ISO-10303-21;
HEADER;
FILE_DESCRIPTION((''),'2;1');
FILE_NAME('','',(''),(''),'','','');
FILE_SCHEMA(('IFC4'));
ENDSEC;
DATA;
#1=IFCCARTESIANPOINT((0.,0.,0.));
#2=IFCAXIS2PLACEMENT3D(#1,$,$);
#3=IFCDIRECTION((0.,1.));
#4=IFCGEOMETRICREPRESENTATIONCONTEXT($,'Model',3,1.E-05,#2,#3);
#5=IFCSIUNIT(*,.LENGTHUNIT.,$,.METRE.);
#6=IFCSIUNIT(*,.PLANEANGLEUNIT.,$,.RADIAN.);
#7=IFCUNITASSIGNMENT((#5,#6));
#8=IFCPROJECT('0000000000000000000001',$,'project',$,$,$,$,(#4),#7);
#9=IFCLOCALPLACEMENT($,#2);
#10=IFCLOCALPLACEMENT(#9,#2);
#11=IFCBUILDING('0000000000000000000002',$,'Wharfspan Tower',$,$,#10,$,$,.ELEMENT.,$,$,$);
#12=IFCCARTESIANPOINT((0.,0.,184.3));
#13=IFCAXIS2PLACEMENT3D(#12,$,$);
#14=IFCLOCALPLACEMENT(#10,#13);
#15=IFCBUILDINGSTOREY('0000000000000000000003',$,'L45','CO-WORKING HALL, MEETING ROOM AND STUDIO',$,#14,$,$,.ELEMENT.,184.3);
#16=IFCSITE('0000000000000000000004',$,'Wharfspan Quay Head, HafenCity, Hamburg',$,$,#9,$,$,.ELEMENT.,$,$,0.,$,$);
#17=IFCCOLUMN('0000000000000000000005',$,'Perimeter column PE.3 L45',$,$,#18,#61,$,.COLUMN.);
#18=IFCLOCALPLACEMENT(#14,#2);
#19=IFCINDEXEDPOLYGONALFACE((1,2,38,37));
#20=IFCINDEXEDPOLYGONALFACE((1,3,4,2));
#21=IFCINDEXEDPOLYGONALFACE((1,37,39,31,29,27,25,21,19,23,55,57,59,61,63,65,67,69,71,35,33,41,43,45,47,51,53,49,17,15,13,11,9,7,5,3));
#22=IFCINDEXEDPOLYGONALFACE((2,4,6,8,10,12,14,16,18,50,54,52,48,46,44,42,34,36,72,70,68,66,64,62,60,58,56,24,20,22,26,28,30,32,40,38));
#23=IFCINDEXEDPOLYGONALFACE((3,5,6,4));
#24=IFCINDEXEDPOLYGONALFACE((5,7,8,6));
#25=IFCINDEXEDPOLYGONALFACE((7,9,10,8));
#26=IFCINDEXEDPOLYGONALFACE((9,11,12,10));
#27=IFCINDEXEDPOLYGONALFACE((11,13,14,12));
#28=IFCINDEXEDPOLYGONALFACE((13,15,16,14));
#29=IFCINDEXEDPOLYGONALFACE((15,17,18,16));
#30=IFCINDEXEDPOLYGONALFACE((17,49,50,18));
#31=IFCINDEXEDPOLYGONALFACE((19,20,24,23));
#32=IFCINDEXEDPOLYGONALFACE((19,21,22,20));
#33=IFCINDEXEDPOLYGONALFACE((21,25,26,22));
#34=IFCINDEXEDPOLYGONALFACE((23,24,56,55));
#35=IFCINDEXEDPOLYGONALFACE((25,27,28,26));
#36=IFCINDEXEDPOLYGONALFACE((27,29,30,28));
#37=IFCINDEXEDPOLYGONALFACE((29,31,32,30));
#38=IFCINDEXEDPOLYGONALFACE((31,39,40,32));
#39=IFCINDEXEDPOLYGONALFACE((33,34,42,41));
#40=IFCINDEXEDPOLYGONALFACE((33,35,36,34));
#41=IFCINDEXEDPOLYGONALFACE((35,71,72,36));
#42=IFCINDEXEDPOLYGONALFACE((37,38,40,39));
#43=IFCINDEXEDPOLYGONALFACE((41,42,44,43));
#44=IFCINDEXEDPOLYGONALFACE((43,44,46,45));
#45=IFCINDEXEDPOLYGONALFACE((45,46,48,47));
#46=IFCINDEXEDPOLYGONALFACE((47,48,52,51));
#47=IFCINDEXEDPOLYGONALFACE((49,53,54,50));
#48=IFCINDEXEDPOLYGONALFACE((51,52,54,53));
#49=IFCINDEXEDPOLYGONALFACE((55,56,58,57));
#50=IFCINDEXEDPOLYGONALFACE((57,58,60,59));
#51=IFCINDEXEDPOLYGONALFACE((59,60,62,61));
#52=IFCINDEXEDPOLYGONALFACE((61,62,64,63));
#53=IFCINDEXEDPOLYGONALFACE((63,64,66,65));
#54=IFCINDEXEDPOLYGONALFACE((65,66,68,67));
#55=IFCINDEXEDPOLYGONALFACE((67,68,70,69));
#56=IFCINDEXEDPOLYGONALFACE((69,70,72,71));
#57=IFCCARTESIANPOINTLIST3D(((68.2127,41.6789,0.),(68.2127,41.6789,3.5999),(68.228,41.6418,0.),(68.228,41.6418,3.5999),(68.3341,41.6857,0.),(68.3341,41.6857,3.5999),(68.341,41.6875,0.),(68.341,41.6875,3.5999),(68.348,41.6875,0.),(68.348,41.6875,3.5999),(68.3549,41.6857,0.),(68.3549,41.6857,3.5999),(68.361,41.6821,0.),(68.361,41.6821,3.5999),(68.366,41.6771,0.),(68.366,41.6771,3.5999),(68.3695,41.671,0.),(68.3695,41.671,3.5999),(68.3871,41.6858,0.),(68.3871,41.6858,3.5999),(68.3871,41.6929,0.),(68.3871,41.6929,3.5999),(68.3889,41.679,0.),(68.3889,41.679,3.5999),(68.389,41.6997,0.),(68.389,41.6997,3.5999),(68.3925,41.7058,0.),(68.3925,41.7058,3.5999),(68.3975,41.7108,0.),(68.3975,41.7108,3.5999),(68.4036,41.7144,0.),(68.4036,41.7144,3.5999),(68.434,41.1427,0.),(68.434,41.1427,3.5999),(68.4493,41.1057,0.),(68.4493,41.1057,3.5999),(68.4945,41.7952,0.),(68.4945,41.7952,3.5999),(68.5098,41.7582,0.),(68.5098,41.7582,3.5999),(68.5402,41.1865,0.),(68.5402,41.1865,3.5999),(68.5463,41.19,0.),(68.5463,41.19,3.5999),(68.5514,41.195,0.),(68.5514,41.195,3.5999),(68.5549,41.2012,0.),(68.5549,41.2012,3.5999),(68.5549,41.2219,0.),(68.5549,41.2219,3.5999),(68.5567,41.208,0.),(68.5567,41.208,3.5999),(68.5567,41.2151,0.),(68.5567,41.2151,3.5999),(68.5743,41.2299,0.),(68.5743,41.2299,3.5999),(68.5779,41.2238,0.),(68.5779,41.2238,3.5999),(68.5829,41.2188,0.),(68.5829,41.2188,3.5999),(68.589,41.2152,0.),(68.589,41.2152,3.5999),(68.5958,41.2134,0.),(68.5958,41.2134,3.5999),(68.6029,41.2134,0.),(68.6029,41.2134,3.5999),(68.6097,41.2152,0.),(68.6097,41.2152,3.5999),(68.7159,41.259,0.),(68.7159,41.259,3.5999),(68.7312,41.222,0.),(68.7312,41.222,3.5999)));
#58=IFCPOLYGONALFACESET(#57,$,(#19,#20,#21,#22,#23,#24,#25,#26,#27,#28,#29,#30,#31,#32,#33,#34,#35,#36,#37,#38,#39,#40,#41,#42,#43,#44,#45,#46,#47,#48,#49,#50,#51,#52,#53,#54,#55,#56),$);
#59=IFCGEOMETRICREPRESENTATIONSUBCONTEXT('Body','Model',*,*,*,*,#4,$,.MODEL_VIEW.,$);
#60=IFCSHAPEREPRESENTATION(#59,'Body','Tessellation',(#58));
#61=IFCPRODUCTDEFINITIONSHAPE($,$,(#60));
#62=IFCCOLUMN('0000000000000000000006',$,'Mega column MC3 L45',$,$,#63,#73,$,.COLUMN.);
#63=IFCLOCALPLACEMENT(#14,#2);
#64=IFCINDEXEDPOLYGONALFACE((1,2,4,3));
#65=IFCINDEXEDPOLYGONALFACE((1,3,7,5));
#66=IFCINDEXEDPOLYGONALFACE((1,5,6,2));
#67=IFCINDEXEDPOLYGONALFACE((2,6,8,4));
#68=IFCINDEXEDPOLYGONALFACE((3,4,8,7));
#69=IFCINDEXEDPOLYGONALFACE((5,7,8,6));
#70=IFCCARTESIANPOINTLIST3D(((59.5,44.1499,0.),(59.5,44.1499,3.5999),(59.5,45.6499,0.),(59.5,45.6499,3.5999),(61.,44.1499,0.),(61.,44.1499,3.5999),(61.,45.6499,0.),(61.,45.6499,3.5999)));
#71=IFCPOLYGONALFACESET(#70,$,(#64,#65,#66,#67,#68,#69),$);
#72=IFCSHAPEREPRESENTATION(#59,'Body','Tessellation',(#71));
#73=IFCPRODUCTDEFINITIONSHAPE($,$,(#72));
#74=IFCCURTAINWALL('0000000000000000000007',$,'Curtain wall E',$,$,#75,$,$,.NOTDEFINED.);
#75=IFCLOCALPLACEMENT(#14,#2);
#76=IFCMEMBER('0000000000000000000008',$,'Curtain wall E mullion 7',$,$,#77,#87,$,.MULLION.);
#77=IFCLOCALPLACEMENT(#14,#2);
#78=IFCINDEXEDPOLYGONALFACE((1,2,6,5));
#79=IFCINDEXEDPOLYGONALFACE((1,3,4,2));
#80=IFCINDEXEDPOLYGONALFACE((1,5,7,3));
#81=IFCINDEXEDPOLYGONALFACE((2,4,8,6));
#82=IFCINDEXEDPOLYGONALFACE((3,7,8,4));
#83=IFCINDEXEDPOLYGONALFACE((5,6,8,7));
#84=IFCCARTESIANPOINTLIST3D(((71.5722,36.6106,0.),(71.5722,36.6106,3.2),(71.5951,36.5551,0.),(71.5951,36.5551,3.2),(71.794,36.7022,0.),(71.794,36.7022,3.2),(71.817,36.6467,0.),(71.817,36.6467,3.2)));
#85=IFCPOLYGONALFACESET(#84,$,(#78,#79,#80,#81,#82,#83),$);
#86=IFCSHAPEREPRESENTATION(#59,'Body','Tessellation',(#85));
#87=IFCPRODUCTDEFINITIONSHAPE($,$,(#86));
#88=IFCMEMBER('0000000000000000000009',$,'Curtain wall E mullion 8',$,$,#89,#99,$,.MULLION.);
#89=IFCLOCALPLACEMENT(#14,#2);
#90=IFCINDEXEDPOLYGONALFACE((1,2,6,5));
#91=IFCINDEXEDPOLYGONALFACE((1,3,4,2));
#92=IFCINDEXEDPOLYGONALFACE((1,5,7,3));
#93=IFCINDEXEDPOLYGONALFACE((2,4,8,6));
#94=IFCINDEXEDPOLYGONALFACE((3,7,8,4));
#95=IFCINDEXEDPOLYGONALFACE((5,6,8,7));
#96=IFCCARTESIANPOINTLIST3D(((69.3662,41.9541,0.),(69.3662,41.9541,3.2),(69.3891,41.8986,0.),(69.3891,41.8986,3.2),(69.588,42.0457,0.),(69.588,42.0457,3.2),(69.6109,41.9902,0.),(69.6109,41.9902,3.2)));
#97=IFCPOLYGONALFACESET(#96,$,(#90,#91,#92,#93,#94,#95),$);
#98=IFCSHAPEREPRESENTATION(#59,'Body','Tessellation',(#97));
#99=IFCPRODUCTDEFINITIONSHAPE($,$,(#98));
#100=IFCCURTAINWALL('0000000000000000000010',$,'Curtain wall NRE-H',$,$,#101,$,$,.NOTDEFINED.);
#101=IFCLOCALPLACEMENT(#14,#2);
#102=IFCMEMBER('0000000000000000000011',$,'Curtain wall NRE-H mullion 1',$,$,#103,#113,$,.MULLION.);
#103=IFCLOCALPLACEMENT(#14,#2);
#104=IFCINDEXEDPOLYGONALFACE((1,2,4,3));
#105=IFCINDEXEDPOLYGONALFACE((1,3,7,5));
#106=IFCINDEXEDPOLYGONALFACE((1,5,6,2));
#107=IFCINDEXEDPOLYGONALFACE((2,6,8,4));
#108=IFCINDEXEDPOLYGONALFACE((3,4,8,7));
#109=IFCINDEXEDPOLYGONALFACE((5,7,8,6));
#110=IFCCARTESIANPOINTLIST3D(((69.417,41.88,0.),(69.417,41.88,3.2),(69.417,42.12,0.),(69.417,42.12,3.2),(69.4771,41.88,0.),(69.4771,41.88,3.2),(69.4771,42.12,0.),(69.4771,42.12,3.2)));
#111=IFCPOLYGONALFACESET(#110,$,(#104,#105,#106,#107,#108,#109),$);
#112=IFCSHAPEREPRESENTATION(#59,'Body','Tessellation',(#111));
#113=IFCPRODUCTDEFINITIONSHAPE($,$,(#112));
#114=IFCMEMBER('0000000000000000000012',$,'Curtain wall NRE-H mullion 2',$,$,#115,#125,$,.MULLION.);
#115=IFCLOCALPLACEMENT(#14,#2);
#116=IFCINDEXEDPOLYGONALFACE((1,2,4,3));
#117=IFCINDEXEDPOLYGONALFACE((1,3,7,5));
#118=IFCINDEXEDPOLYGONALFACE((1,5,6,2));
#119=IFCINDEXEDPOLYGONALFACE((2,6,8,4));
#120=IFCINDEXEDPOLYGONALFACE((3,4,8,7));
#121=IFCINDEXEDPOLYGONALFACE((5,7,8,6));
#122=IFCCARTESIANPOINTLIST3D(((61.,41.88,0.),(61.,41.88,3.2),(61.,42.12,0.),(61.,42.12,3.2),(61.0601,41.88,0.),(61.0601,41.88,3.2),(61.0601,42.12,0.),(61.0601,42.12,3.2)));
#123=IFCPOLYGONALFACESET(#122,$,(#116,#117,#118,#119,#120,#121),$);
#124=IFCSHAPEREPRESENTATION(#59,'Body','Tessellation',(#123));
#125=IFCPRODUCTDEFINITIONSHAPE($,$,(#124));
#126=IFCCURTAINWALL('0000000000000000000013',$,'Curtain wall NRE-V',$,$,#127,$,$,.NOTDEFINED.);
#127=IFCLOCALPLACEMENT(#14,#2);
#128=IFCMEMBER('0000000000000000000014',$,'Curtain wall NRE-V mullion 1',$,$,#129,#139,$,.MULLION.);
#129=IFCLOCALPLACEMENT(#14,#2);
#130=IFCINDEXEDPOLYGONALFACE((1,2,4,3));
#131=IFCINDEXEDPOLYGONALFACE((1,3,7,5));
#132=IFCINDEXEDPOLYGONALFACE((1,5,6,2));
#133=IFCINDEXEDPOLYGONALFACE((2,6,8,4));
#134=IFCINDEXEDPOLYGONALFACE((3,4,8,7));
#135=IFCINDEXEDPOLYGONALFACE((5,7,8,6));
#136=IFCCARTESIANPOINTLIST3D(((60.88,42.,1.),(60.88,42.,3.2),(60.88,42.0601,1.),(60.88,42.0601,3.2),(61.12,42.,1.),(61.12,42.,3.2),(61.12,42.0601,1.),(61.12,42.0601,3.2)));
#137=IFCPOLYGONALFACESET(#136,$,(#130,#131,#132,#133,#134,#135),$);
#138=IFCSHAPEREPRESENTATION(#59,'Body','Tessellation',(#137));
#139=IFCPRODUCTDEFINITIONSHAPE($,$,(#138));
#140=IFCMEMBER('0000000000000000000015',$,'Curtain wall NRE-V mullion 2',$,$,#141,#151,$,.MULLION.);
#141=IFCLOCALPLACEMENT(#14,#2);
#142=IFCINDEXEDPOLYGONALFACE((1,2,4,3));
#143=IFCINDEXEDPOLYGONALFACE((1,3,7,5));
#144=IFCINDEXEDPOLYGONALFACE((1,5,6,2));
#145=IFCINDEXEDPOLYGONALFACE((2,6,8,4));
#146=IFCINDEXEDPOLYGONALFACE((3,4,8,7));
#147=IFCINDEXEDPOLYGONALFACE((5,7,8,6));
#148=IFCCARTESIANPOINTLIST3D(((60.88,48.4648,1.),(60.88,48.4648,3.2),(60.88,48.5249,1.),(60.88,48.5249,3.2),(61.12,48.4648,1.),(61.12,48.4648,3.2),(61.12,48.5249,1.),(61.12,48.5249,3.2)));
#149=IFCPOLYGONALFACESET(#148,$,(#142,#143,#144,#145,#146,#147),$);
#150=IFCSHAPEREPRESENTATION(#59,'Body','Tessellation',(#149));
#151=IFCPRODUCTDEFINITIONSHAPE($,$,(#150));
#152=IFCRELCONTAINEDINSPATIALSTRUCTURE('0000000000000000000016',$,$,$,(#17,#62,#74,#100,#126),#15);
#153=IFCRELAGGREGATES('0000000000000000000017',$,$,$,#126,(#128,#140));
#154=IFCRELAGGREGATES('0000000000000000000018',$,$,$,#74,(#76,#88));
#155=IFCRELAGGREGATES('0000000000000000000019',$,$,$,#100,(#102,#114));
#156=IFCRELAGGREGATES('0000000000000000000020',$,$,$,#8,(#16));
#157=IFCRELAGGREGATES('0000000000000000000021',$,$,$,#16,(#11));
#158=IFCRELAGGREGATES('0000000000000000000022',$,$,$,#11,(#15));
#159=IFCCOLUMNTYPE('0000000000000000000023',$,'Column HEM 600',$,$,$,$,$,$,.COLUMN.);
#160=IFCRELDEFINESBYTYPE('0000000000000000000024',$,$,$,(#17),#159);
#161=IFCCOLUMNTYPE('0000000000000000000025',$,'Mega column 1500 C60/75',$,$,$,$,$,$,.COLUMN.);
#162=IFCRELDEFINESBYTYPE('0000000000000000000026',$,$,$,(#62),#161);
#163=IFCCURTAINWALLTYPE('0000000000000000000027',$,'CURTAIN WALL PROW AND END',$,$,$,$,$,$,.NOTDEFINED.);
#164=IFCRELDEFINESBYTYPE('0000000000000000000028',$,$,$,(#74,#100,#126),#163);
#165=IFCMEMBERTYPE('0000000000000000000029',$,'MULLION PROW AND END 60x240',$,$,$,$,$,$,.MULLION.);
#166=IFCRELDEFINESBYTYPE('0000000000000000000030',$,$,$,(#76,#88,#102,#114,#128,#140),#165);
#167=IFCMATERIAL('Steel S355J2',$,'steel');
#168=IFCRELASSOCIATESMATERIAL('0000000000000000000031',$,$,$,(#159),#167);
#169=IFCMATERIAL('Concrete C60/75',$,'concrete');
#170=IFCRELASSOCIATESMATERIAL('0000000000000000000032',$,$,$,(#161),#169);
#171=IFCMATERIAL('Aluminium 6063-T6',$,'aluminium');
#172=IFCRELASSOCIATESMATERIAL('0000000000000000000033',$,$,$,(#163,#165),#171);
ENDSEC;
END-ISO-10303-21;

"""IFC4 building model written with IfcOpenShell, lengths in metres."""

from ifc_helpers import new_model, si_unit, direction, frame, origin, origin_2d, place, context, subcontext, project, spatial, rectangle, i_section, extrude, material, material_profile, profile_set, type_object, element, aggregate, save


model = new_model("IFC4")

# Units and contexts
model_context = context("Model", 3, precision=1e-05, world=origin(), true_north=direction((0.0, 1.0)))
body_context = subcontext(model_context, "Body", "Model", "MODEL_VIEW")
ifc_project = project(units=[si_unit("LENGTHUNIT", "METRE"), si_unit("PLANEANGLEUNIT", "RADIAN")], contexts=[model_context])

# Site, building, storey
site_placement = place(None, origin())
site = spatial("IfcSite", under=ifc_project, at=site_placement, Name="Wharfspan Quay Head, HafenCity, Hamburg", CompositionType="ELEMENT", RefElevation=0.0)
building_placement = place(site_placement, origin())
building = spatial("IfcBuilding", under=site, at=building_placement, Name="Wharfspan Tower", CompositionType="ELEMENT")
storey_placement = place(building_placement, frame((0.0, 0.0, 184.3)))
storey = spatial("IfcBuildingStorey", under=building, at=storey_placement, Name="L45", Description="CO-WORKING HALL, MEETING ROOM AND STUDIO", CompositionType="ELEMENT", Elevation=184.3)

# Columns
ifc_material_1 = material(Name="Steel S355J2", Category="steel")
ifc_material_profile_1 = material_profile(ifc_material_1, i_section(OverallWidth=0.3049, OverallDepth=0.6201, WebThickness=0.021, FlangeThickness=0.04, FilletRadius=0.0271, at=origin_2d()))
ifc_profile_set_1 = profile_set([ifc_material_profile_1], Name="Steel S355J2")
column_type_1 = type_object("IfcColumnType", Name="Column HEM 600", PredefinedType="COLUMN", material=ifc_profile_set_1)
column_1_placement = place(storey_placement, frame((68.4719, 41.4504, 0.0), z_axis=(0.0, 0.0, 1.0), x_axis=(0.924325, 0.381602, 0.0)))
element("IfcColumn", 1, at=column_1_placement, inside=storey, type_object=column_type_1, Name="Perimeter column PE.3 L45", PredefinedType="COLUMN", context=body_context, shape_type="SweptSolid", body=[
    extrude(i_section(OverallWidth=0.3049, OverallDepth=0.6201, WebThickness=0.021, FlangeThickness=0.04, FilletRadius=0.0271, at=origin_2d()), origin(), (0.0, 0.0, 1.0), 3.5999),
])
ifc_material_2 = material(Name="Concrete C60/75", Category="concrete")
ifc_material_profile_2 = material_profile(ifc_material_2, rectangle(XDim=1.5, YDim=1.5, at=origin_2d()))
ifc_profile_set_2 = profile_set([ifc_material_profile_2], Name="Concrete C60/75")
column_type_2 = type_object("IfcColumnType", Name="Mega column 1500 C60/75", PredefinedType="COLUMN", material=ifc_profile_set_2)
column_2_placement = place(storey_placement, frame((60.25, 44.8999, 0.0), z_axis=(0.0, 0.0, 1.0), x_axis=(1.0, 0.0, 0.0)))
element("IfcColumn", 2, at=column_2_placement, inside=storey, type_object=column_type_2, Name="Mega column MC3 L45", PredefinedType="COLUMN", context=body_context, shape_type="SweptSolid", body=[
    extrude(rectangle(XDim=1.5, YDim=1.5, at=origin_2d()), origin(), (0.0, 0.0, 1.0), 3.5999),
])

# Curtain walls, members
ifc_material_3 = material(Name="Aluminium 6063-T6", Category="aluminium")
curtain_wall_type = type_object("IfcCurtainWallType", Name="CURTAIN WALL PROW AND END", PredefinedType="NOTDEFINED", material=ifc_material_3)
curtain_wall_1_placement = place(storey_placement, origin())
curtain_wall_1 = element("IfcCurtainWall", 3, at=curtain_wall_1_placement, inside=storey, type_object=curtain_wall_type, Name="Curtain wall E", PredefinedType="NOTDEFINED")
ifc_material_profile_3 = material_profile(ifc_material_3, rectangle(XDim=0.24, YDim=0.0601, at=origin_2d()))
ifc_profile_set_3 = profile_set([ifc_material_profile_3], Name="Aluminium 6063-T6")
member_type_1 = type_object("IfcMemberType", Name="MULLION PROW AND END 60x240", PredefinedType="MULLION", material=ifc_profile_set_3)
member_1_placement = place(storey_placement, frame((71.6946, 36.6287, 0.0), z_axis=(0.0, 0.0, 1.0), x_axis=(-0.924325, -0.381602, 0.0)))
member_1 = element("IfcMember", 4, at=member_1_placement, type_object=member_type_1, Name="Curtain wall E mullion 7", PredefinedType="MULLION", context=body_context, shape_type="SweptSolid", body=[
    extrude(rectangle(XDim=0.24, YDim=0.0601, at=origin_2d()), origin(), (0.0, 0.0, 1.0), 3.2),
])
member_2_placement = place(storey_placement, frame((69.4885, 41.9722, 0.0), z_axis=(0.0, 0.0, 1.0), x_axis=(-0.924325, -0.381602, 0.0)))
member_2 = element("IfcMember", 5, at=member_2_placement, type_object=member_type_1, Name="Curtain wall E mullion 8", PredefinedType="MULLION", context=body_context, shape_type="SweptSolid", body=[
    extrude(rectangle(XDim=0.24, YDim=0.0601, at=origin_2d()), origin(), (0.0, 0.0, 1.0), 3.2),
])
curtain_wall_2_placement = place(storey_placement, origin())
curtain_wall_2 = element("IfcCurtainWall", 6, at=curtain_wall_2_placement, inside=storey, type_object=curtain_wall_type, Name="Curtain wall NRE-H", PredefinedType="NOTDEFINED")
member_3_placement = place(storey_placement, frame((69.447, 42.0, 0.0), z_axis=(0.0, 0.0, 1.0), x_axis=(0.0, -1.0, 0.0)))
member_3 = element("IfcMember", 7, at=member_3_placement, type_object=member_type_1, Name="Curtain wall NRE-H mullion 1", PredefinedType="MULLION", context=body_context, shape_type="SweptSolid", body=[
    extrude(rectangle(XDim=0.24, YDim=0.0601, at=origin_2d()), origin(), (0.0, 0.0, 1.0), 3.2),
])
member_4_placement = place(storey_placement, frame((61.03, 42.0, 0.0), z_axis=(0.0, 0.0, 1.0), x_axis=(0.0, -1.0, 0.0)))
member_4 = element("IfcMember", 8, at=member_4_placement, type_object=member_type_1, Name="Curtain wall NRE-H mullion 2", PredefinedType="MULLION", context=body_context, shape_type="SweptSolid", body=[
    extrude(rectangle(XDim=0.24, YDim=0.0601, at=origin_2d()), origin(), (0.0, 0.0, 1.0), 3.2),
])
curtain_wall_3_placement = place(storey_placement, origin())
curtain_wall_3 = element("IfcCurtainWall", 9, at=curtain_wall_3_placement, inside=storey, type_object=curtain_wall_type, Name="Curtain wall NRE-V", PredefinedType="NOTDEFINED")
member_5_placement = place(storey_placement, frame((61.0, 42.03, 1.0), z_axis=(0.0, 0.0, 1.0), x_axis=(-1.0, 0.0, 0.0)))
member_5 = element("IfcMember", 10, at=member_5_placement, type_object=member_type_1, Name="Curtain wall NRE-V mullion 1", PredefinedType="MULLION", context=body_context, shape_type="SweptSolid", body=[
    extrude(rectangle(XDim=0.24, YDim=0.0601, at=origin_2d()), origin(), (0.0, 0.0, 1.0), 2.2),
])
member_6_placement = place(storey_placement, frame((61.0, 48.4949, 1.0), z_axis=(0.0, 0.0, 1.0), x_axis=(-1.0, 0.0, 0.0)))
member_6 = element("IfcMember", 11, at=member_6_placement, type_object=member_type_1, Name="Curtain wall NRE-V mullion 2", PredefinedType="MULLION", context=body_context, shape_type="SweptSolid", body=[
    extrude(rectangle(XDim=0.24, YDim=0.0601, at=origin_2d()), origin(), (0.0, 0.0, 1.0), 2.2),
])

aggregate(curtain_wall_3, [member_5, member_6])
aggregate(curtain_wall_1, [member_1, member_2])
aggregate(curtain_wall_2, [member_3, member_4])

save(model, "model.ifc")
